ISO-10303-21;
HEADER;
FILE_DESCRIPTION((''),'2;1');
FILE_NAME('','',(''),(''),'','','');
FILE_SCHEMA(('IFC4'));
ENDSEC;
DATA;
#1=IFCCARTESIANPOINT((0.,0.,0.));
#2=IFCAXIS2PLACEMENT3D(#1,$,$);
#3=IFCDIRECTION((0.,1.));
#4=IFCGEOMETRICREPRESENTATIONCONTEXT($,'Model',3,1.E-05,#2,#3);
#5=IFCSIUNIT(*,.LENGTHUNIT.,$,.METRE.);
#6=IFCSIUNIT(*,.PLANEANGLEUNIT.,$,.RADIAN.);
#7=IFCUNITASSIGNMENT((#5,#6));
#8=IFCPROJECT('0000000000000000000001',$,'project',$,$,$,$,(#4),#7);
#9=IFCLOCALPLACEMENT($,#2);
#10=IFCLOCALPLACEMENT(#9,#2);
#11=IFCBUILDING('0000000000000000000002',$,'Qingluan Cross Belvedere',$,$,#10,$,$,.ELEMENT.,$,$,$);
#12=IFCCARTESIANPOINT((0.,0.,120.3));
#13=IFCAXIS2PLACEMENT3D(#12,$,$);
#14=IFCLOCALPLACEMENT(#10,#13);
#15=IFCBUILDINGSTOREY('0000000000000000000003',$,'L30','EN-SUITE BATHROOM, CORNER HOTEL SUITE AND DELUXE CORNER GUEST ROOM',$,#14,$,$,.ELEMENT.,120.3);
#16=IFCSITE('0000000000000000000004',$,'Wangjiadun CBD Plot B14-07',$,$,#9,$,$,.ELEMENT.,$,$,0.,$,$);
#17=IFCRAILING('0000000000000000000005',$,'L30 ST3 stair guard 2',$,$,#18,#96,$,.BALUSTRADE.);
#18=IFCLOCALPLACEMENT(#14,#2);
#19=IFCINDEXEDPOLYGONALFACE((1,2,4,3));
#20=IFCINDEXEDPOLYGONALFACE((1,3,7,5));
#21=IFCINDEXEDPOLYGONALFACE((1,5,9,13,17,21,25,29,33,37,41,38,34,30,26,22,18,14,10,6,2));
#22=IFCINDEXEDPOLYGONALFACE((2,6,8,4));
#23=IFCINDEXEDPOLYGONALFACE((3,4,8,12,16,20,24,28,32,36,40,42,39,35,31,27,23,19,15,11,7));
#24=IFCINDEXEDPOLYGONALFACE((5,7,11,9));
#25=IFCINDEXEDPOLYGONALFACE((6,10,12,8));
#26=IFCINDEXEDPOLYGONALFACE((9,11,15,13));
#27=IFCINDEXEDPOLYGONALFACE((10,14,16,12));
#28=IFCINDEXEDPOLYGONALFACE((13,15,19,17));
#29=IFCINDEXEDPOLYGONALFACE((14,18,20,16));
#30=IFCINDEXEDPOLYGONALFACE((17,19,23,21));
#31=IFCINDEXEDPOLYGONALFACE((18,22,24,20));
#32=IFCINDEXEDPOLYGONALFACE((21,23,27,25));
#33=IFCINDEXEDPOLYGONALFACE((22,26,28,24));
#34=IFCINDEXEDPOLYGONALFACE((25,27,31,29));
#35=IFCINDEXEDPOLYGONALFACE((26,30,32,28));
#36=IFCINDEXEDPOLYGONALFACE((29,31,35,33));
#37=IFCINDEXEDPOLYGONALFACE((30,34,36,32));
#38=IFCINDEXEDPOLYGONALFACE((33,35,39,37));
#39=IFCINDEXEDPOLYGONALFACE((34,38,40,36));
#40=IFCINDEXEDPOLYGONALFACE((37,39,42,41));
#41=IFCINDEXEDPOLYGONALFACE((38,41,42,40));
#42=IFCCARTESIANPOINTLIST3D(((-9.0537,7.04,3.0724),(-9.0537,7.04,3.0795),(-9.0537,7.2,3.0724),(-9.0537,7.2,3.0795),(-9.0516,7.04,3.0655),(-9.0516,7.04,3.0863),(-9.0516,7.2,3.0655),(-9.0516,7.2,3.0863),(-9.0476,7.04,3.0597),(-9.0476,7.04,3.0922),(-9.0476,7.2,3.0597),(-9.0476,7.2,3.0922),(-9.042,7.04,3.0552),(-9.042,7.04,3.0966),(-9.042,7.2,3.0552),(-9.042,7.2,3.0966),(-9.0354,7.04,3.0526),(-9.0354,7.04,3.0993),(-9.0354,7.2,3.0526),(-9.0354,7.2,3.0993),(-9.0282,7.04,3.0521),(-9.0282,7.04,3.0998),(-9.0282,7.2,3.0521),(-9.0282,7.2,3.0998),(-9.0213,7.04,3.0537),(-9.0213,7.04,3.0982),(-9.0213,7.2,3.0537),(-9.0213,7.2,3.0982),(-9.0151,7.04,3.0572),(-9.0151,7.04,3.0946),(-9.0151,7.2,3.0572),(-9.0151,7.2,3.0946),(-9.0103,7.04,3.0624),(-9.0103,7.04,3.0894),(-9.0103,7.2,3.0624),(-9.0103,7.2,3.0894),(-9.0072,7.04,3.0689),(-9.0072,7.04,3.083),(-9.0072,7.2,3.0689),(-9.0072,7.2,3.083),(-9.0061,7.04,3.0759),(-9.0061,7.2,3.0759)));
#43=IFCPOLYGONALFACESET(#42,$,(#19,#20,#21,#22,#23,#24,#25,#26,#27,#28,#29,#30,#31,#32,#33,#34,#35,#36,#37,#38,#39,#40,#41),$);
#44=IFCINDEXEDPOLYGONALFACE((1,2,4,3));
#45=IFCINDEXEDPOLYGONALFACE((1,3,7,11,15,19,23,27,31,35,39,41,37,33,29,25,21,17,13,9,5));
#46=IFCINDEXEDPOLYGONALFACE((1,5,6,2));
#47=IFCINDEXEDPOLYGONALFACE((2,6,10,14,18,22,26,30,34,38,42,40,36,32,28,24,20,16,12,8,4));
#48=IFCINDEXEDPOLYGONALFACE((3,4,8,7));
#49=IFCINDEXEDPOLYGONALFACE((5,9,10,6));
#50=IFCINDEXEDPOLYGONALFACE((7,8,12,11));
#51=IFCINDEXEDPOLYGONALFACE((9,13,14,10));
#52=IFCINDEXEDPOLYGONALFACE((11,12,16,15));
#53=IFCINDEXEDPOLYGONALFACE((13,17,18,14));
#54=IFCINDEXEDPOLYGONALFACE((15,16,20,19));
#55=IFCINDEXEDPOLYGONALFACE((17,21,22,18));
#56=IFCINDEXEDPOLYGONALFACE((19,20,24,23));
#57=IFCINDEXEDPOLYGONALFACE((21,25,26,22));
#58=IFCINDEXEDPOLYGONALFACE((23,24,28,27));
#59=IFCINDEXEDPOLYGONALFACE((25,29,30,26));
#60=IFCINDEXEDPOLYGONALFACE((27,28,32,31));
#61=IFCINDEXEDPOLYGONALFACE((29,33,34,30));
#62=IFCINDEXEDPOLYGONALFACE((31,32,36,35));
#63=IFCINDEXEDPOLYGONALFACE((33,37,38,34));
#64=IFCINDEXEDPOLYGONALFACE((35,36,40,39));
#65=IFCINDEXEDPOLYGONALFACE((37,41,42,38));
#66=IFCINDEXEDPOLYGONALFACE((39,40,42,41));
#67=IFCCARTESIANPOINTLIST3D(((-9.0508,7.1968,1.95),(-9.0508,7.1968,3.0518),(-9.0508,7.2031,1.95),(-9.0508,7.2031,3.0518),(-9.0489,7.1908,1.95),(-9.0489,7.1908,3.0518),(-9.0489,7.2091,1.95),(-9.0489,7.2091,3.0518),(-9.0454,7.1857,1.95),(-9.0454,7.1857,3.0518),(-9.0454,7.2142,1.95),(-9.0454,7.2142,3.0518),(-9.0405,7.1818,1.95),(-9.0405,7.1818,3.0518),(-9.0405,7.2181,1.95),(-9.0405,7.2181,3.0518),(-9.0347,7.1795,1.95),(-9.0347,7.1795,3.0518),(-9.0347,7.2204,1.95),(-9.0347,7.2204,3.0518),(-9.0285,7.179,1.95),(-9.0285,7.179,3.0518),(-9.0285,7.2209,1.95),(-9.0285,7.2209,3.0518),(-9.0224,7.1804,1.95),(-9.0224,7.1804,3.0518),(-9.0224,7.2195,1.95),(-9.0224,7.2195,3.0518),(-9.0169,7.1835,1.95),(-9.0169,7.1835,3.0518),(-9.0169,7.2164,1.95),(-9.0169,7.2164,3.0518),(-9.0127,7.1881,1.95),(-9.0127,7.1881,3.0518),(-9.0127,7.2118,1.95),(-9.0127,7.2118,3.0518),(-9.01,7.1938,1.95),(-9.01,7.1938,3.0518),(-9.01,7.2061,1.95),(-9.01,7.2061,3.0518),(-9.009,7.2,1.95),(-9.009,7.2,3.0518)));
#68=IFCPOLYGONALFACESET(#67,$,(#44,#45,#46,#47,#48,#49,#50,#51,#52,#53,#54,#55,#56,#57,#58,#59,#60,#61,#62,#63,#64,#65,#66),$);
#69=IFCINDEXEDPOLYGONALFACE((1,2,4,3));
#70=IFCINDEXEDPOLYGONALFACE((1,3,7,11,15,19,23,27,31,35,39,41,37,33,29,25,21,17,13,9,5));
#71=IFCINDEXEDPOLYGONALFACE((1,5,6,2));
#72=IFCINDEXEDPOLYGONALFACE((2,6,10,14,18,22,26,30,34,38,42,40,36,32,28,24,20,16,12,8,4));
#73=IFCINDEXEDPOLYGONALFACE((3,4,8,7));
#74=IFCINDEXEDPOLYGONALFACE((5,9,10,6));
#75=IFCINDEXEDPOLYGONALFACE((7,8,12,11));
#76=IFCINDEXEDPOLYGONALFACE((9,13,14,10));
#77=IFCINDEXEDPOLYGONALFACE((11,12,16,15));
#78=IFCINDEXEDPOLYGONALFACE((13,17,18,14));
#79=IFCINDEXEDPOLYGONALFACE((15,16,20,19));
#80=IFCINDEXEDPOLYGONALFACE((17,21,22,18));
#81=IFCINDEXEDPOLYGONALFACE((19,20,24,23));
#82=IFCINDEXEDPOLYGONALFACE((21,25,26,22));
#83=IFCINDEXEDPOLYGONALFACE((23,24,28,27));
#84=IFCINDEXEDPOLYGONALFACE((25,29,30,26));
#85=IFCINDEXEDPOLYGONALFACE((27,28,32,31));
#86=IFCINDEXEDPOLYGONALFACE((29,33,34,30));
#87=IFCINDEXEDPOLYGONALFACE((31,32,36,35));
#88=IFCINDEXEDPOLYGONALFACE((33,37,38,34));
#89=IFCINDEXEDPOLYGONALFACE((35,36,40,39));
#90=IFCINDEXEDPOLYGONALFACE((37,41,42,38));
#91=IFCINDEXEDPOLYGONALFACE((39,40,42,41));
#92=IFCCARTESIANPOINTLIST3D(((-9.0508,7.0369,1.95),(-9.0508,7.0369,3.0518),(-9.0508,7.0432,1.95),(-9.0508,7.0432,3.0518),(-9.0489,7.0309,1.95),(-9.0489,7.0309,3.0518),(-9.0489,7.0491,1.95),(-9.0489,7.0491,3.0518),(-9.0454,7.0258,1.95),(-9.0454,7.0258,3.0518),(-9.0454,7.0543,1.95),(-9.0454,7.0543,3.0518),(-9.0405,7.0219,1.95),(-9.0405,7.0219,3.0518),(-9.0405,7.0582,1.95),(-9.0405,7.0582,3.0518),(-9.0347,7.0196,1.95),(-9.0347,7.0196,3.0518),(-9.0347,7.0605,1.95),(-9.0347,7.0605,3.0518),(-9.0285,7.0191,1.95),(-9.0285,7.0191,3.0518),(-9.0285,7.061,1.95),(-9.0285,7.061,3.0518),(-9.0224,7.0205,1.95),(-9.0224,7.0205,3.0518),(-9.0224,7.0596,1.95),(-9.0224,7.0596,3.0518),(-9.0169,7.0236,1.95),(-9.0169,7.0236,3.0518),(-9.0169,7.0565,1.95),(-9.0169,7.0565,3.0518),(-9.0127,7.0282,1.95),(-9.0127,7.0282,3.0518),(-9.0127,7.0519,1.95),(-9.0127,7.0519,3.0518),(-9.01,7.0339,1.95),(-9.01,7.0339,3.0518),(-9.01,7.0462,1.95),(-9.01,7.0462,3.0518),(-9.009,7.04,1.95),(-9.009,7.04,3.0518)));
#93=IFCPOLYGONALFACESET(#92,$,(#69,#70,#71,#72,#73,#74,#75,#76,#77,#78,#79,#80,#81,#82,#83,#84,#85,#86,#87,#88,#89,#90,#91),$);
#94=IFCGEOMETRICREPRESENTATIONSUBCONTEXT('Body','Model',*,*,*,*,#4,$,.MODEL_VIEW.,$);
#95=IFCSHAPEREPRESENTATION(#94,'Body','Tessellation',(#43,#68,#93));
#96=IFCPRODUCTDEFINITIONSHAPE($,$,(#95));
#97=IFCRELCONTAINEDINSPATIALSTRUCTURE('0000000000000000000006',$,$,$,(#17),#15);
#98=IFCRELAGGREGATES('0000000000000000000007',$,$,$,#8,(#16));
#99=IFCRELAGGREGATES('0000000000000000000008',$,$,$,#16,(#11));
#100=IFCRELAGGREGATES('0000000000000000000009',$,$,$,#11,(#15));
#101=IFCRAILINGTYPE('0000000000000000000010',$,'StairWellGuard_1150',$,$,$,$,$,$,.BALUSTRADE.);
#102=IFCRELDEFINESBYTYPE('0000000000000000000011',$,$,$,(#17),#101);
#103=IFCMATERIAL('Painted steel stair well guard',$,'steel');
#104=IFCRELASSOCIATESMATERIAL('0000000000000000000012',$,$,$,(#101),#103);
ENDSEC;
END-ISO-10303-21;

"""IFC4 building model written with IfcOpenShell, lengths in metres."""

from ifc_helpers import new_model, si_unit, direction, frame, origin, origin_2d, place, context, subcontext, project, spatial, circle, extrude, material, type_object, element, save


model = new_model("IFC4")

# Units and contexts
model_context = context("Model", 3, precision=1e-05, world=origin(), true_north=direction((0.0, 1.0)))
body_context = subcontext(model_context, "Body", "Model", "MODEL_VIEW")
ifc_project = project(units=[si_unit("LENGTHUNIT", "METRE"), si_unit("PLANEANGLEUNIT", "RADIAN")], contexts=[model_context])

# Site, building, storey
site_placement = place(None, origin())
site = spatial("IfcSite", under=ifc_project, at=site_placement, Name="Wangjiadun CBD Plot B14-07", CompositionType="ELEMENT", RefElevation=0.0)
building_placement = place(site_placement, origin())
building = spatial("IfcBuilding", under=site, at=building_placement, Name="Qingluan Cross Belvedere", CompositionType="ELEMENT")
storey_placement = place(building_placement, frame((0.0, 0.0, 120.3)))
storey = spatial("IfcBuildingStorey", under=building, at=storey_placement, Name="L30", Description="EN-SUITE BATHROOM, CORNER HOTEL SUITE AND DELUXE CORNER GUEST ROOM", CompositionType="ELEMENT", Elevation=120.3)

# Railing
ifc_material_1 = material(Name="Painted steel stair well guard", Category="steel")
railing_type_1 = type_object("IfcRailingType", Name="StairWellGuard_1150", PredefinedType="BALUSTRADE", material=ifc_material_1)
railing_1_placement = place(storey_placement, frame((-9.03, 7.2, 1.95)))
element("IfcRailing", 1, at=railing_1_placement, inside=storey, type_object=railing_type_1, Name="L30 ST3 stair guard 2", PredefinedType="BALUSTRADE", context=body_context, shape_type="SweptSolid", body=[
    extrude(circle(Radius=0.0239, at=origin_2d()), frame((0.0, 0.0, 1.126), z_axis=(0.0, -1.0, 0.0), x_axis=(1.0, 0.0, 0.0)), (0.0, 0.0, 1.0), 0.1599),
    extrude(circle(Radius=0.021, at=origin_2d()), origin(), (0.0, 0.0, 1.0), 1.1018),
    extrude(circle(Radius=0.021, at=origin_2d()), frame((0.0, -0.1599, 0.0)), (0.0, 0.0, 1.0), 1.1018),
])

save(model, "model.ifc")
